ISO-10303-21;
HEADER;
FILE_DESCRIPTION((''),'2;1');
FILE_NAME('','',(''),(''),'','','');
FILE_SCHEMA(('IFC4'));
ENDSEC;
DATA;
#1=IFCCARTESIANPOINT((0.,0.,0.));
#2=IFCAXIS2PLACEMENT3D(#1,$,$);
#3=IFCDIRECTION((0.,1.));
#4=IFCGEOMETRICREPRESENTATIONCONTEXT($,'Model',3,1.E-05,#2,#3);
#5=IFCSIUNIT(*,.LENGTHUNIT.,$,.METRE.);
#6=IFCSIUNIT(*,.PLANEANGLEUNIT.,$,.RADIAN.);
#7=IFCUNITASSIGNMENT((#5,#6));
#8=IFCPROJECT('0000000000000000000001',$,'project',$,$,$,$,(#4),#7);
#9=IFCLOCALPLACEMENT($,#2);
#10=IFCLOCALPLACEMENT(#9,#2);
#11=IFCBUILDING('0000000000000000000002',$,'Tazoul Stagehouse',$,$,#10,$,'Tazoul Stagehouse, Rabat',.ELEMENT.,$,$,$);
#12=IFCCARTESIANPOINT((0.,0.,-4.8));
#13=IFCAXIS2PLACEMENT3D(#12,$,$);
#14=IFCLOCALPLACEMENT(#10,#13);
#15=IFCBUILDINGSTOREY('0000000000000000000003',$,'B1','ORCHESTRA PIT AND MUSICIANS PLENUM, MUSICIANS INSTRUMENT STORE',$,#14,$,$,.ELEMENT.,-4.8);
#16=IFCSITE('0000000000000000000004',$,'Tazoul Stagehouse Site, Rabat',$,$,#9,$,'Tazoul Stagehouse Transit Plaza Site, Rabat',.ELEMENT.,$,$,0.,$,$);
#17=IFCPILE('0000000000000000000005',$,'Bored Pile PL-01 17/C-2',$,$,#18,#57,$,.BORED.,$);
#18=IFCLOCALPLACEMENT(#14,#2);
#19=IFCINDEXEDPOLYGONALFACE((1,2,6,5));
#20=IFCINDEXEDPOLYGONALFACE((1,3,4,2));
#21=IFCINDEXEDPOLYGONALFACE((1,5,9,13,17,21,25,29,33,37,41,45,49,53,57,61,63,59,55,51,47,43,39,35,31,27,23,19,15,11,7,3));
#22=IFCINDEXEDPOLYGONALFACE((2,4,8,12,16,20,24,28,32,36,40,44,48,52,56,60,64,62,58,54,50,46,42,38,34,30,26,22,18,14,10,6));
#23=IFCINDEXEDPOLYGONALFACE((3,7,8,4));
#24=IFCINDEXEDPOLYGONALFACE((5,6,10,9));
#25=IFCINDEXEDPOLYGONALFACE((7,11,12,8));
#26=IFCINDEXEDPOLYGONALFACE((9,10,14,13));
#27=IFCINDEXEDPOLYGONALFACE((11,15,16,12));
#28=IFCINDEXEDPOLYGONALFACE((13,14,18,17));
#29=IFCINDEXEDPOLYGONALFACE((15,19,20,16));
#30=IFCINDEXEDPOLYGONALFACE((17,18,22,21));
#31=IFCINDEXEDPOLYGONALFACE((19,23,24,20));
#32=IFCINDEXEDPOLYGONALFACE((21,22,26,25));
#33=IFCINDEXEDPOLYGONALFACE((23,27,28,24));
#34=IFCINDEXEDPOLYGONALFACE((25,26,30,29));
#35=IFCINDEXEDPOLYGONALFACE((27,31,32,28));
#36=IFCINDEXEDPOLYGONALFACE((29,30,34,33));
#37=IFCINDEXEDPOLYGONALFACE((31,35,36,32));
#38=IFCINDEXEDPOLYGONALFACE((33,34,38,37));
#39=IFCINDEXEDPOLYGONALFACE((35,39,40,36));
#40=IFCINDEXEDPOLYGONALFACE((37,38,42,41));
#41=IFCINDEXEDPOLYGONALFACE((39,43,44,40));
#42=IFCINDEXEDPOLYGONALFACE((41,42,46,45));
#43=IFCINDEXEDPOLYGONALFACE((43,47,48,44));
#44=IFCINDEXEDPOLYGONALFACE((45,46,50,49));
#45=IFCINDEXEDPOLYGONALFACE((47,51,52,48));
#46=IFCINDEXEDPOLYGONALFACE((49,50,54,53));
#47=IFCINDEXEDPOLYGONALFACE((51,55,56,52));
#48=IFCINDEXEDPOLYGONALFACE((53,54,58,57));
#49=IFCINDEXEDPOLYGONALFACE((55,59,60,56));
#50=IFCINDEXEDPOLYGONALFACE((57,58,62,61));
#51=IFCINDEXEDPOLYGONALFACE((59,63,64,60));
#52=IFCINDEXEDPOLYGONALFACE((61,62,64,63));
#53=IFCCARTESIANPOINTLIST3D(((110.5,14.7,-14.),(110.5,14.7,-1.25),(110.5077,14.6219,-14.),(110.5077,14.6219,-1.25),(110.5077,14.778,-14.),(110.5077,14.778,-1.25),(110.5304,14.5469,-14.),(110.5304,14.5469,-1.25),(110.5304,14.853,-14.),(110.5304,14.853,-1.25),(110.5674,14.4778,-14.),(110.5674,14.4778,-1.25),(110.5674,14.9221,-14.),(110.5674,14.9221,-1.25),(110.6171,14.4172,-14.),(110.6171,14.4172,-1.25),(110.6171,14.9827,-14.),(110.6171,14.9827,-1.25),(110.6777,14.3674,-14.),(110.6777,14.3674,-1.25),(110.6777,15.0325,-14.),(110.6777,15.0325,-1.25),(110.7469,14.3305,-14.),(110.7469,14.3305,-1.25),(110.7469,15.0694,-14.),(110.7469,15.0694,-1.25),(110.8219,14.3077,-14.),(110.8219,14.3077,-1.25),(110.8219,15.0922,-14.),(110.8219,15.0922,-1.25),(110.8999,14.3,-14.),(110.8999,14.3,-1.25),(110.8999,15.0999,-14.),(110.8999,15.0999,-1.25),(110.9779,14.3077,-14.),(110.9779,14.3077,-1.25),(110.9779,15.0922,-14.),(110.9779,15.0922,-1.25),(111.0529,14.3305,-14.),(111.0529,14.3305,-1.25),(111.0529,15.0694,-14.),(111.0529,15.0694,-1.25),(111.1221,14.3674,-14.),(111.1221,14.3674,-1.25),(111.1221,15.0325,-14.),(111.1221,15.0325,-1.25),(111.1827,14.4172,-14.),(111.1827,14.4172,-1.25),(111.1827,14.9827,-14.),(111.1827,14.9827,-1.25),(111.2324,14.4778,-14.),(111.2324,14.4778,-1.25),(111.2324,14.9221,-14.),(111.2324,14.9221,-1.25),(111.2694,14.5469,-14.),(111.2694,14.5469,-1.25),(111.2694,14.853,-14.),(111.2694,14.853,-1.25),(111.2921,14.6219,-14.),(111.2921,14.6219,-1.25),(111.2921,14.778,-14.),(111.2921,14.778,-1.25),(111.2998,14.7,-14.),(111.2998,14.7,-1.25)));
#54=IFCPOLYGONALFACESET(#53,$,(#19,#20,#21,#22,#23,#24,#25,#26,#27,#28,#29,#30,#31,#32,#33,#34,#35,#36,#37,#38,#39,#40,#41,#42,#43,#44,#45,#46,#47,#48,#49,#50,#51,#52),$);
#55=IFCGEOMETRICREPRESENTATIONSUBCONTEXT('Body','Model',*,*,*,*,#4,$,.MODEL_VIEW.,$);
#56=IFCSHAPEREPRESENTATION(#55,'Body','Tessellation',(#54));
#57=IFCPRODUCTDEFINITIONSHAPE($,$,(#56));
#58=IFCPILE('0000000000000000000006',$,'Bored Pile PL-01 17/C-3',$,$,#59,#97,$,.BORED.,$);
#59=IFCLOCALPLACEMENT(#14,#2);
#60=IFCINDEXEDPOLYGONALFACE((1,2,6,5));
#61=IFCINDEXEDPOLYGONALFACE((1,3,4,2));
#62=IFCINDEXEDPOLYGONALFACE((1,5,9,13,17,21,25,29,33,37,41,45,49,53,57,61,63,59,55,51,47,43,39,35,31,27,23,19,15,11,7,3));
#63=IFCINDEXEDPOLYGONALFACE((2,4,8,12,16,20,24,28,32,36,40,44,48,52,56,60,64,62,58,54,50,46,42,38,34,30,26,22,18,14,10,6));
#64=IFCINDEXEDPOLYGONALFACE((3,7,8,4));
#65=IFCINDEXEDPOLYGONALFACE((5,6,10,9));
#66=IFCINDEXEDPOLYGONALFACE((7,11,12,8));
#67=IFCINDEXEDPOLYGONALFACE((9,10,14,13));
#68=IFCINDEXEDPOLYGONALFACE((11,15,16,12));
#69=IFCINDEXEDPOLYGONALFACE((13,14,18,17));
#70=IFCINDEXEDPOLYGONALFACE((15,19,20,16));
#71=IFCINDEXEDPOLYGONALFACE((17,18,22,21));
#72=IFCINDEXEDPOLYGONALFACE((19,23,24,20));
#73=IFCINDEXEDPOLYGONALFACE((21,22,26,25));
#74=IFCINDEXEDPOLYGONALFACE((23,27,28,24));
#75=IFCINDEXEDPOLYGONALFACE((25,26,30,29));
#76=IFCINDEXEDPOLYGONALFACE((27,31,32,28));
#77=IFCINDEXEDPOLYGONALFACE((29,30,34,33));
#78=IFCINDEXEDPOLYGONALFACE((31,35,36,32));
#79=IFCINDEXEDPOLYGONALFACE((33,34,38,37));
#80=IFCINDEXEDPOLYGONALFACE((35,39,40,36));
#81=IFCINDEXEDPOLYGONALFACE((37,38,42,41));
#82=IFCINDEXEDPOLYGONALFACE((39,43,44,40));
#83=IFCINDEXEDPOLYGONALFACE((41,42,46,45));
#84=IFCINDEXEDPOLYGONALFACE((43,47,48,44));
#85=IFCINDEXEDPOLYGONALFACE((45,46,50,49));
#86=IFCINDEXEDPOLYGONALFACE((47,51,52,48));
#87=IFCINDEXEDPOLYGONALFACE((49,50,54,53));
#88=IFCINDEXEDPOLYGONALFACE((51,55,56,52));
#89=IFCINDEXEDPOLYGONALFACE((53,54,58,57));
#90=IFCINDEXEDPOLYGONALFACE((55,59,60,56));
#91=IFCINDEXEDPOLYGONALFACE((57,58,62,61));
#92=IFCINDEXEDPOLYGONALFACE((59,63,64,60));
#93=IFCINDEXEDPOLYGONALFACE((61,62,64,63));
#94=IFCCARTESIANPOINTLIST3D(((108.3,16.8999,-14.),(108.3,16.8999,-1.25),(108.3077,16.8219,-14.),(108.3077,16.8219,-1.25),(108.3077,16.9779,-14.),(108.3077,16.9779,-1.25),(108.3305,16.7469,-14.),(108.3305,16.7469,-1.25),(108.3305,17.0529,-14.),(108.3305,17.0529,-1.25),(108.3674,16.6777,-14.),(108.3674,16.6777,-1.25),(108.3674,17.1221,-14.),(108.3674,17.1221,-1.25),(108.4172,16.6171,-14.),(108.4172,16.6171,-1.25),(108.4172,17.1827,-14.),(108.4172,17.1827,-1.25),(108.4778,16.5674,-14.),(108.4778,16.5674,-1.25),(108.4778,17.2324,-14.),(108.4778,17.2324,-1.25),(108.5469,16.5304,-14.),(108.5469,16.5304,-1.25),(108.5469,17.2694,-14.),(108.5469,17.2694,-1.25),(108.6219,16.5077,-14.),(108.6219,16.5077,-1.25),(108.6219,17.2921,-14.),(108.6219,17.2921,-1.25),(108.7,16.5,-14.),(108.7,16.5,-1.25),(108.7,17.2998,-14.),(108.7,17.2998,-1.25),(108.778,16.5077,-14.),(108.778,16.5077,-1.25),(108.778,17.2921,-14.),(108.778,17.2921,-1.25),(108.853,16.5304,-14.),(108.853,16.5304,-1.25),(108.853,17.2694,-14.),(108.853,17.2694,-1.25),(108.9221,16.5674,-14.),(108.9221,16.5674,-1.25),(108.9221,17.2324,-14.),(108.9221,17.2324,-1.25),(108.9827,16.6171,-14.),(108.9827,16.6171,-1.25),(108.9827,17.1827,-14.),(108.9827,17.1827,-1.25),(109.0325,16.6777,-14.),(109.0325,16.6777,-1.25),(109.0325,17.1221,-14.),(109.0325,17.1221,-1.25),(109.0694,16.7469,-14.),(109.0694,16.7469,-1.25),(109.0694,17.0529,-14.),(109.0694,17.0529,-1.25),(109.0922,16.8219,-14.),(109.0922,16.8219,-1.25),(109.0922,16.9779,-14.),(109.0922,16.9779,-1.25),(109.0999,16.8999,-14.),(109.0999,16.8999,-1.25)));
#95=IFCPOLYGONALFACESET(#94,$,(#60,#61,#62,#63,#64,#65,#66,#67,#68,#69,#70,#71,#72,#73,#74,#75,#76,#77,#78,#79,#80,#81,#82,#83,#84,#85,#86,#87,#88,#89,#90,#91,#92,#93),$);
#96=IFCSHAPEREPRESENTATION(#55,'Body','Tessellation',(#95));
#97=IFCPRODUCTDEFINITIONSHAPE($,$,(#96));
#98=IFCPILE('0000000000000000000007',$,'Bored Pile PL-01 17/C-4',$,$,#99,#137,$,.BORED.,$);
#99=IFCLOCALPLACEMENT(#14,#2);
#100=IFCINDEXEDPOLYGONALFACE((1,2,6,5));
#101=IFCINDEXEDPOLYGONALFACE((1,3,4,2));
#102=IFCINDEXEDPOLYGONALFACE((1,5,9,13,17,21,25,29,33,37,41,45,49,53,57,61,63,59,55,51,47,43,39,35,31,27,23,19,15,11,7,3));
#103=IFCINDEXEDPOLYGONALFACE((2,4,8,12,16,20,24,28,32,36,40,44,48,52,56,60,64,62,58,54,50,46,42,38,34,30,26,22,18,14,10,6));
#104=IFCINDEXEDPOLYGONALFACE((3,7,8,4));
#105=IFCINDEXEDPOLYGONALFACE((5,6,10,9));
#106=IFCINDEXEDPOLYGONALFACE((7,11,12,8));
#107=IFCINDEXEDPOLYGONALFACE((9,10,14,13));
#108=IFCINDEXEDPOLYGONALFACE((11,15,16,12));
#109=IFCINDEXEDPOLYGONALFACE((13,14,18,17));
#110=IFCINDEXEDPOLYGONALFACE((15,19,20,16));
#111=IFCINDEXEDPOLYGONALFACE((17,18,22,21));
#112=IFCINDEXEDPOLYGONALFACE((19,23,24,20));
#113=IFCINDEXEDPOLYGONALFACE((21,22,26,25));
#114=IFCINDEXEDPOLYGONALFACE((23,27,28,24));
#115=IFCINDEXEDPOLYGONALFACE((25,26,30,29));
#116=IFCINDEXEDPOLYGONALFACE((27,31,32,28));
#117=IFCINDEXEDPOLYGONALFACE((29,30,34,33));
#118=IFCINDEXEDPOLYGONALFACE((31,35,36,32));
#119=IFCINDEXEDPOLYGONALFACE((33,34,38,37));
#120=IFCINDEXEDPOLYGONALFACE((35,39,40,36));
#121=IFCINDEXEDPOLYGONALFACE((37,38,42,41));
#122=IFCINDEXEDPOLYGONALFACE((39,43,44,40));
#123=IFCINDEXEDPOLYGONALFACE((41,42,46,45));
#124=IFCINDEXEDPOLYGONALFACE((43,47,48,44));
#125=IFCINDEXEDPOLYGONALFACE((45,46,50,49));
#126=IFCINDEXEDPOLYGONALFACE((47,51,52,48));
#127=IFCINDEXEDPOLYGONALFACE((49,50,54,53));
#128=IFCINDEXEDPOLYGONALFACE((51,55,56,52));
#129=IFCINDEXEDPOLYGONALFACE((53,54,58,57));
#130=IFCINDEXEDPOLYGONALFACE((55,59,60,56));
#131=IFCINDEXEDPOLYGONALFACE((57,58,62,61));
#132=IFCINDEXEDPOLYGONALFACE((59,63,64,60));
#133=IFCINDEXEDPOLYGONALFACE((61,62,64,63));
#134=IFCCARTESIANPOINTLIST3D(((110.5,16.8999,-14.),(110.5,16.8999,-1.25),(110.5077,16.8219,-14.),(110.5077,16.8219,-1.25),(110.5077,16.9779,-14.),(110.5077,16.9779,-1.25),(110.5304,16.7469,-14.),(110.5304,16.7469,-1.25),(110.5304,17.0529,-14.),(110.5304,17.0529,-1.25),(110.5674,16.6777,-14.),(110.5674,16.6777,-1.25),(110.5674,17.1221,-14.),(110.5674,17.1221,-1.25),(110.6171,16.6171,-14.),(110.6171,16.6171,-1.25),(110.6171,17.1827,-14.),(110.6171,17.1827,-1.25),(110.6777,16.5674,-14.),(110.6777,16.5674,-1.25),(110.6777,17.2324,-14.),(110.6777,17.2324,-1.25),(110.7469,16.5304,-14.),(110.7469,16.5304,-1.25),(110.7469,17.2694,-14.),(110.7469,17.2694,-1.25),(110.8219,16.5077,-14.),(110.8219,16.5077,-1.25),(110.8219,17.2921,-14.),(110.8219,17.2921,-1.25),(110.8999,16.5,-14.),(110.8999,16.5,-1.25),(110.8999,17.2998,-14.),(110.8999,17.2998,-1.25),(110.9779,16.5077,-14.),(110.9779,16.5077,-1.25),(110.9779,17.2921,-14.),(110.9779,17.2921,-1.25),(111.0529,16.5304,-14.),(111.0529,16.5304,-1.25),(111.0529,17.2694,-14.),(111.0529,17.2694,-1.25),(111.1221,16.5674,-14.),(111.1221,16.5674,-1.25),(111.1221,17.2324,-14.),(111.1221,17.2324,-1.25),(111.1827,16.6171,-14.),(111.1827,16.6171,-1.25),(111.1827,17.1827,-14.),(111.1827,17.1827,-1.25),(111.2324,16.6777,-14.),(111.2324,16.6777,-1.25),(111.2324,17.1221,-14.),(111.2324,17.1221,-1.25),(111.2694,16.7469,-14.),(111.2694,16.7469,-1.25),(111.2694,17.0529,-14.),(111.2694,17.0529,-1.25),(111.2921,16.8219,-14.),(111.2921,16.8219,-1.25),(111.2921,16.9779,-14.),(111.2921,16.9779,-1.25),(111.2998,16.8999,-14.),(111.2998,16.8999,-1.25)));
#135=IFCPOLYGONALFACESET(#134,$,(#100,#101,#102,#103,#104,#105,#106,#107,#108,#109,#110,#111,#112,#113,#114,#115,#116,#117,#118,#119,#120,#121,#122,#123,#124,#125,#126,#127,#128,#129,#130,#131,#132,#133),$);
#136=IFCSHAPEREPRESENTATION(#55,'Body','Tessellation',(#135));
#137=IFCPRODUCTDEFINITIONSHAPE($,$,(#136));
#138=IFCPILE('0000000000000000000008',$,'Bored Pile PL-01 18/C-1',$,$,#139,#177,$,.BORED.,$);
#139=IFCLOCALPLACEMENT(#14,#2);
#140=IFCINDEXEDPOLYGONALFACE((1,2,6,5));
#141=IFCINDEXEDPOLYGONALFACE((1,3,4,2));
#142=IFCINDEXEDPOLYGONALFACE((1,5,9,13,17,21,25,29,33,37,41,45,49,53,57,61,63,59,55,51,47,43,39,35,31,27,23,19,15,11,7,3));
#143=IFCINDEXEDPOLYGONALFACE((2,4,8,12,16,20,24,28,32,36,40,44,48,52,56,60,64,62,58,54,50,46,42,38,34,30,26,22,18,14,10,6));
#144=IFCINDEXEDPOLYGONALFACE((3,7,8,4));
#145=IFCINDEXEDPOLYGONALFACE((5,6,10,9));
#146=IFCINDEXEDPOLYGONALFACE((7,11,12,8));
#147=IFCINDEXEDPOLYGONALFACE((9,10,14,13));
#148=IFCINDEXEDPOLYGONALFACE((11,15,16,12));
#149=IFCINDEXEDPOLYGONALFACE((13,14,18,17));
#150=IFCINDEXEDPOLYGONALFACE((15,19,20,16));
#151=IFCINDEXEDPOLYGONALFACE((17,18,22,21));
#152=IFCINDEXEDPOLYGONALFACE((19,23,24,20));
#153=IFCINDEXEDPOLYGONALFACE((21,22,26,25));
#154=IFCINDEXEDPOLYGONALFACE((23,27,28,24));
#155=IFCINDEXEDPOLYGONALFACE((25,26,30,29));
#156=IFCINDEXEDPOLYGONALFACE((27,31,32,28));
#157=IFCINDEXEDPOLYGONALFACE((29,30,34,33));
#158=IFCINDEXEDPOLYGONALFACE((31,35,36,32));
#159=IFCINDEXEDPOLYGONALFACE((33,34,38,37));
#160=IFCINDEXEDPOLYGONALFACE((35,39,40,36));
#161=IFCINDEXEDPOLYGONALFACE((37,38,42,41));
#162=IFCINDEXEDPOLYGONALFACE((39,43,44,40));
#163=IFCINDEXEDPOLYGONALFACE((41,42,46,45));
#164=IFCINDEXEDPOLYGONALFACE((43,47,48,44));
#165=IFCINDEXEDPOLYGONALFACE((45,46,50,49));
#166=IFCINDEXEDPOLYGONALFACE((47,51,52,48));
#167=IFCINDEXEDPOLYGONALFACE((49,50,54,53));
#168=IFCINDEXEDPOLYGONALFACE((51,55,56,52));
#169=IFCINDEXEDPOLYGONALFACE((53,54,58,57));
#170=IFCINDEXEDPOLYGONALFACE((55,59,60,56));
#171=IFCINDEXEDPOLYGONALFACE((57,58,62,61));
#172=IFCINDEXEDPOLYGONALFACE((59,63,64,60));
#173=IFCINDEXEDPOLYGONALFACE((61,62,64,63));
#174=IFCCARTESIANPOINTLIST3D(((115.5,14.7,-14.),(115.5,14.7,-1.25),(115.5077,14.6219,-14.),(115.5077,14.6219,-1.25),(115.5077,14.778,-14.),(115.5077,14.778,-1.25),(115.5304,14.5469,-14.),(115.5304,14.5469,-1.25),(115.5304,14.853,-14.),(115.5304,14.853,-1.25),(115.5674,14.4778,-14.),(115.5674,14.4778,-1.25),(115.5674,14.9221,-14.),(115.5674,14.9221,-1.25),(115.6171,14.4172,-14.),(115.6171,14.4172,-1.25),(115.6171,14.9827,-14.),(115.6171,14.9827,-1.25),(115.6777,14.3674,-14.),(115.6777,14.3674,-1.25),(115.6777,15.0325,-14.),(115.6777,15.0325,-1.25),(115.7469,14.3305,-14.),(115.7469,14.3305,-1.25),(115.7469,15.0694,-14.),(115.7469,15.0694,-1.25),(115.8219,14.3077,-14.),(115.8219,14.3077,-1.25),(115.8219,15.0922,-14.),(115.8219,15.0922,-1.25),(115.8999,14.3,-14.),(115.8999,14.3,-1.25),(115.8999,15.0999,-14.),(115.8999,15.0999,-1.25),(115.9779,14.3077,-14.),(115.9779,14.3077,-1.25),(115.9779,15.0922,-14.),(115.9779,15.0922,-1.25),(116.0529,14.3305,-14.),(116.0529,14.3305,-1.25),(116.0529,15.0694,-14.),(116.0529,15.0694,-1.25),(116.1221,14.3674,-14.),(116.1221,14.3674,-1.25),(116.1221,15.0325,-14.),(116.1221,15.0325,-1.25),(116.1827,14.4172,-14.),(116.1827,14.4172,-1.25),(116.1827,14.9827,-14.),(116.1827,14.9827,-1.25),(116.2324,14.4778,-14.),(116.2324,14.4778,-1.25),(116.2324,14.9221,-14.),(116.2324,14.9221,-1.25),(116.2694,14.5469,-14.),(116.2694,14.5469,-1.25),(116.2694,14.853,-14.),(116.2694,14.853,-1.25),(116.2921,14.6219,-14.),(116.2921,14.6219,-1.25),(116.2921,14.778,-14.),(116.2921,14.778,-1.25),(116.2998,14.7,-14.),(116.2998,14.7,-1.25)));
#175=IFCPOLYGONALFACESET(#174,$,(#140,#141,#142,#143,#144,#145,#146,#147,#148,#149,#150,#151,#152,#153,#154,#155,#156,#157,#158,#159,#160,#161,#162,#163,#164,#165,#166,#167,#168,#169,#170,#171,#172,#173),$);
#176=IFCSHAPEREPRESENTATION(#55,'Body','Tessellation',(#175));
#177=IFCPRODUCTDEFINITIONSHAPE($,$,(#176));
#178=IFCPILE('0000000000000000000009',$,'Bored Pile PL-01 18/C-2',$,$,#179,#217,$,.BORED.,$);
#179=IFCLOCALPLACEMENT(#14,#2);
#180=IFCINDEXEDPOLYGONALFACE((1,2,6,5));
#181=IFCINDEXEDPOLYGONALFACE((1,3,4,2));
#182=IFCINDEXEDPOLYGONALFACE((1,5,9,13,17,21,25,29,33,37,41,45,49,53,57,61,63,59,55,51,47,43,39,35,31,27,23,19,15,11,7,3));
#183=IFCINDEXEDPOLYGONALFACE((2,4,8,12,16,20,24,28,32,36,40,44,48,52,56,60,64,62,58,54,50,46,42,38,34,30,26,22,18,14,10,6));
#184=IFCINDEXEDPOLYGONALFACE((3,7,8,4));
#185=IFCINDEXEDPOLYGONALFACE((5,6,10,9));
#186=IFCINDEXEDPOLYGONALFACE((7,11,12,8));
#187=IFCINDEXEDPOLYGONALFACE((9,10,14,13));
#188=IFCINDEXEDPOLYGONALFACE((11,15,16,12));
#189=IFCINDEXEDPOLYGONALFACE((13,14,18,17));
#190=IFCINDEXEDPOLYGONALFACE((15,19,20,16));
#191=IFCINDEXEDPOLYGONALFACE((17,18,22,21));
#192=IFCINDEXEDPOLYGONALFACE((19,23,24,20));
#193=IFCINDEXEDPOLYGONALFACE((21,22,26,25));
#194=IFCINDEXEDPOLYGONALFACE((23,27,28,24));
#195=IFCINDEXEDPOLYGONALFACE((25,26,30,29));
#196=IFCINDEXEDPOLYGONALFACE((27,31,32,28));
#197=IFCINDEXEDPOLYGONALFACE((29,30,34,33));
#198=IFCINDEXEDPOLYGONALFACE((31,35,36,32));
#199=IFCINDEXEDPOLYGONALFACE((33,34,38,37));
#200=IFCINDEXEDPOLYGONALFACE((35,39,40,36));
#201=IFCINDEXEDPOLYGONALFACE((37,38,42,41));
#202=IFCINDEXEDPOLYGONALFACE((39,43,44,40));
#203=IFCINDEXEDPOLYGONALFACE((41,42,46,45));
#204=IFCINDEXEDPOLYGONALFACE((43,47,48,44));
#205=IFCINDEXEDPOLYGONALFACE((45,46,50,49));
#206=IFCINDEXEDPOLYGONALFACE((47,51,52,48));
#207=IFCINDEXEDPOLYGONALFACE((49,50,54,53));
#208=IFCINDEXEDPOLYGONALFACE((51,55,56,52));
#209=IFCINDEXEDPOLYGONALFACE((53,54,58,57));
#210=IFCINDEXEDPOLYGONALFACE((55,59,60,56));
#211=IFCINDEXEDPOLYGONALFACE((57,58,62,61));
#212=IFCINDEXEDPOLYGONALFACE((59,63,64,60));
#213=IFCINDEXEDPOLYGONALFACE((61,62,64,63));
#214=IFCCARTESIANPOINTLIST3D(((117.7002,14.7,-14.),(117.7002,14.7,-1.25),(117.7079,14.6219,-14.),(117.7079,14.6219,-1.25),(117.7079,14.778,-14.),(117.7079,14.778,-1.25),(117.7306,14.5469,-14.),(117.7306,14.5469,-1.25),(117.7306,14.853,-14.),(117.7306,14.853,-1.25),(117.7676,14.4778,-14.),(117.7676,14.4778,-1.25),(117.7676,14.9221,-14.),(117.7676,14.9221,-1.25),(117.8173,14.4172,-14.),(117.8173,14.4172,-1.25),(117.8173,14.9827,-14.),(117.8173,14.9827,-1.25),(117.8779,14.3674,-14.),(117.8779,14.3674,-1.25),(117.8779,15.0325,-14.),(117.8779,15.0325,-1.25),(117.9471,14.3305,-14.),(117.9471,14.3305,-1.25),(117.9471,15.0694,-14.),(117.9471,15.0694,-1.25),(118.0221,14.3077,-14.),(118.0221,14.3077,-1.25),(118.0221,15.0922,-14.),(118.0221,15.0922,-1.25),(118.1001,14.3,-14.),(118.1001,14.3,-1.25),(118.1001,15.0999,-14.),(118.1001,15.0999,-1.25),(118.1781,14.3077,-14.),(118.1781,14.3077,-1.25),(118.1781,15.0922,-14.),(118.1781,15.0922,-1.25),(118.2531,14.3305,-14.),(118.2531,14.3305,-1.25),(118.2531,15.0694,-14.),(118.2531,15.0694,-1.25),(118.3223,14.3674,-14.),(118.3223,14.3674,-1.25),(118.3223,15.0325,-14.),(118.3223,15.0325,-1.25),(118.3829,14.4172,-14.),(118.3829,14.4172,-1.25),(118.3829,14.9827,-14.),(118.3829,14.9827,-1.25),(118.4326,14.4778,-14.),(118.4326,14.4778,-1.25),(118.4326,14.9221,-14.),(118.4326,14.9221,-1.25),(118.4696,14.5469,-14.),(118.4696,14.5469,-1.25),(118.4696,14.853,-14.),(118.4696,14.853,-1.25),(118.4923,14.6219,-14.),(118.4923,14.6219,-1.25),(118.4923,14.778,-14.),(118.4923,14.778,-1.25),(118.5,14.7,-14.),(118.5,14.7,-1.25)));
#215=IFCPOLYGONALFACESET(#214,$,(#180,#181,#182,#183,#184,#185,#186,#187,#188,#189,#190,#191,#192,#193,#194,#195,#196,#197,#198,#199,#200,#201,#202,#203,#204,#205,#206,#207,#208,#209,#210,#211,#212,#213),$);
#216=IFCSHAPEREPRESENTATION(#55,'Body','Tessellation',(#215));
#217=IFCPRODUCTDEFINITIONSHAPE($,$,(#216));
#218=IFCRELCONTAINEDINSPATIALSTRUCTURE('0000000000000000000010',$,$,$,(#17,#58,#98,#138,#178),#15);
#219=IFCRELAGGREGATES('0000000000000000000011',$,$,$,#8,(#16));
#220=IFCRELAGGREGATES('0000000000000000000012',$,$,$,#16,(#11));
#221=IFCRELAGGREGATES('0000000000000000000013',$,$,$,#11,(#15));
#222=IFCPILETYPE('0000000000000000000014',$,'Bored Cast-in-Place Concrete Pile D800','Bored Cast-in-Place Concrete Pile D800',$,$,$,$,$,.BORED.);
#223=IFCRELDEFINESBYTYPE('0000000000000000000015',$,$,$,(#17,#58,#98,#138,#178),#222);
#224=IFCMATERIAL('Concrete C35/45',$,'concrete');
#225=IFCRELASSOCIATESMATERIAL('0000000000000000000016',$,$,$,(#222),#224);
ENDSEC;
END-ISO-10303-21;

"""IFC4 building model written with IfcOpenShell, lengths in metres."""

from ifc_helpers import new_model, si_unit, direction, frame, origin, origin_2d, place, context, subcontext, project, spatial, circle, extrude, material, material_profile, profile_set, type_object, element, save


model = new_model("IFC4")

# Units and contexts
model_context = context("Model", 3, precision=1e-05, world=origin(), true_north=direction((0.0, 1.0)))
body_context = subcontext(model_context, "Body", "Model", "MODEL_VIEW")
ifc_project = project(units=[si_unit("LENGTHUNIT", "METRE"), si_unit("PLANEANGLEUNIT", "RADIAN")], contexts=[model_context])

# Site, building, storey
site_placement = place(None, origin())
site = spatial("IfcSite", under=ifc_project, at=site_placement, Name="Tazoul Stagehouse Site, Rabat", LongName="Tazoul Stagehouse Transit Plaza Site, Rabat", CompositionType="ELEMENT", RefElevation=0.0)
building_placement = place(site_placement, origin())
building = spatial("IfcBuilding", under=site, at=building_placement, Name="Tazoul Stagehouse", LongName="Tazoul Stagehouse, Rabat", CompositionType="ELEMENT")
storey_placement = place(building_placement, frame((0.0, 0.0, -4.8)))
storey = spatial("IfcBuildingStorey", under=building, at=storey_placement, Name="B1", Description="ORCHESTRA PIT AND MUSICIANS PLENUM, MUSICIANS INSTRUMENT STORE", CompositionType="ELEMENT", Elevation=-4.8)

# Piles
ifc_material_1 = material(Name="Concrete C35/45", Category="concrete")
ifc_material_profile_1 = material_profile(ifc_material_1, circle(Radius=0.3999, at=origin_2d()), Name="BORED PILE 800")
ifc_profile_set_1 = profile_set([ifc_material_profile_1], Name="Concrete C35/45")
pile_type = type_object("IfcPileType", Name="Bored Cast-in-Place Concrete Pile D800", Description="Bored Cast-in-Place Concrete Pile D800", PredefinedType="BORED", material=ifc_profile_set_1)
for number, where, z_axis, x_axis, name in (
    (1, (110.8999, 14.7, -1.25), (0.0, 0.0, -1.0), (1.0, 0.0, 0.0), "Bored Pile PL-01 17/C-2"),
    (2, (108.7, 16.8999, -1.25), (0.0, 0.0, -1.0), (1.0, 0.0, 0.0), "Bored Pile PL-01 17/C-3"),
    (3, (110.8999, 16.8999, -1.25), (0.0, 0.0, -1.0), (1.0, 0.0, 0.0), "Bored Pile PL-01 17/C-4"),
    (4, (115.8999, 14.7, -1.25), (0.0, 0.0, -1.0), (1.0, 0.0, 0.0), "Bored Pile PL-01 18/C-1"),
    (5, (118.1001, 14.7, -1.25), (0.0, 0.0, -1.0), (1.0, 0.0, 0.0), "Bored Pile PL-01 18/C-2"),
):
    element("IfcPile", number, at=place(storey_placement, frame(where, z_axis=z_axis, x_axis=x_axis)), inside=storey, type_object=pile_type, Name=name, PredefinedType="BORED", context=body_context, shape_type="SweptSolid", body=[
        extrude(circle(Radius=0.3999, at=origin_2d()), origin(), (0.0, 0.0, 1.0), 12.75),
    ])

save(model, "model.ifc")
